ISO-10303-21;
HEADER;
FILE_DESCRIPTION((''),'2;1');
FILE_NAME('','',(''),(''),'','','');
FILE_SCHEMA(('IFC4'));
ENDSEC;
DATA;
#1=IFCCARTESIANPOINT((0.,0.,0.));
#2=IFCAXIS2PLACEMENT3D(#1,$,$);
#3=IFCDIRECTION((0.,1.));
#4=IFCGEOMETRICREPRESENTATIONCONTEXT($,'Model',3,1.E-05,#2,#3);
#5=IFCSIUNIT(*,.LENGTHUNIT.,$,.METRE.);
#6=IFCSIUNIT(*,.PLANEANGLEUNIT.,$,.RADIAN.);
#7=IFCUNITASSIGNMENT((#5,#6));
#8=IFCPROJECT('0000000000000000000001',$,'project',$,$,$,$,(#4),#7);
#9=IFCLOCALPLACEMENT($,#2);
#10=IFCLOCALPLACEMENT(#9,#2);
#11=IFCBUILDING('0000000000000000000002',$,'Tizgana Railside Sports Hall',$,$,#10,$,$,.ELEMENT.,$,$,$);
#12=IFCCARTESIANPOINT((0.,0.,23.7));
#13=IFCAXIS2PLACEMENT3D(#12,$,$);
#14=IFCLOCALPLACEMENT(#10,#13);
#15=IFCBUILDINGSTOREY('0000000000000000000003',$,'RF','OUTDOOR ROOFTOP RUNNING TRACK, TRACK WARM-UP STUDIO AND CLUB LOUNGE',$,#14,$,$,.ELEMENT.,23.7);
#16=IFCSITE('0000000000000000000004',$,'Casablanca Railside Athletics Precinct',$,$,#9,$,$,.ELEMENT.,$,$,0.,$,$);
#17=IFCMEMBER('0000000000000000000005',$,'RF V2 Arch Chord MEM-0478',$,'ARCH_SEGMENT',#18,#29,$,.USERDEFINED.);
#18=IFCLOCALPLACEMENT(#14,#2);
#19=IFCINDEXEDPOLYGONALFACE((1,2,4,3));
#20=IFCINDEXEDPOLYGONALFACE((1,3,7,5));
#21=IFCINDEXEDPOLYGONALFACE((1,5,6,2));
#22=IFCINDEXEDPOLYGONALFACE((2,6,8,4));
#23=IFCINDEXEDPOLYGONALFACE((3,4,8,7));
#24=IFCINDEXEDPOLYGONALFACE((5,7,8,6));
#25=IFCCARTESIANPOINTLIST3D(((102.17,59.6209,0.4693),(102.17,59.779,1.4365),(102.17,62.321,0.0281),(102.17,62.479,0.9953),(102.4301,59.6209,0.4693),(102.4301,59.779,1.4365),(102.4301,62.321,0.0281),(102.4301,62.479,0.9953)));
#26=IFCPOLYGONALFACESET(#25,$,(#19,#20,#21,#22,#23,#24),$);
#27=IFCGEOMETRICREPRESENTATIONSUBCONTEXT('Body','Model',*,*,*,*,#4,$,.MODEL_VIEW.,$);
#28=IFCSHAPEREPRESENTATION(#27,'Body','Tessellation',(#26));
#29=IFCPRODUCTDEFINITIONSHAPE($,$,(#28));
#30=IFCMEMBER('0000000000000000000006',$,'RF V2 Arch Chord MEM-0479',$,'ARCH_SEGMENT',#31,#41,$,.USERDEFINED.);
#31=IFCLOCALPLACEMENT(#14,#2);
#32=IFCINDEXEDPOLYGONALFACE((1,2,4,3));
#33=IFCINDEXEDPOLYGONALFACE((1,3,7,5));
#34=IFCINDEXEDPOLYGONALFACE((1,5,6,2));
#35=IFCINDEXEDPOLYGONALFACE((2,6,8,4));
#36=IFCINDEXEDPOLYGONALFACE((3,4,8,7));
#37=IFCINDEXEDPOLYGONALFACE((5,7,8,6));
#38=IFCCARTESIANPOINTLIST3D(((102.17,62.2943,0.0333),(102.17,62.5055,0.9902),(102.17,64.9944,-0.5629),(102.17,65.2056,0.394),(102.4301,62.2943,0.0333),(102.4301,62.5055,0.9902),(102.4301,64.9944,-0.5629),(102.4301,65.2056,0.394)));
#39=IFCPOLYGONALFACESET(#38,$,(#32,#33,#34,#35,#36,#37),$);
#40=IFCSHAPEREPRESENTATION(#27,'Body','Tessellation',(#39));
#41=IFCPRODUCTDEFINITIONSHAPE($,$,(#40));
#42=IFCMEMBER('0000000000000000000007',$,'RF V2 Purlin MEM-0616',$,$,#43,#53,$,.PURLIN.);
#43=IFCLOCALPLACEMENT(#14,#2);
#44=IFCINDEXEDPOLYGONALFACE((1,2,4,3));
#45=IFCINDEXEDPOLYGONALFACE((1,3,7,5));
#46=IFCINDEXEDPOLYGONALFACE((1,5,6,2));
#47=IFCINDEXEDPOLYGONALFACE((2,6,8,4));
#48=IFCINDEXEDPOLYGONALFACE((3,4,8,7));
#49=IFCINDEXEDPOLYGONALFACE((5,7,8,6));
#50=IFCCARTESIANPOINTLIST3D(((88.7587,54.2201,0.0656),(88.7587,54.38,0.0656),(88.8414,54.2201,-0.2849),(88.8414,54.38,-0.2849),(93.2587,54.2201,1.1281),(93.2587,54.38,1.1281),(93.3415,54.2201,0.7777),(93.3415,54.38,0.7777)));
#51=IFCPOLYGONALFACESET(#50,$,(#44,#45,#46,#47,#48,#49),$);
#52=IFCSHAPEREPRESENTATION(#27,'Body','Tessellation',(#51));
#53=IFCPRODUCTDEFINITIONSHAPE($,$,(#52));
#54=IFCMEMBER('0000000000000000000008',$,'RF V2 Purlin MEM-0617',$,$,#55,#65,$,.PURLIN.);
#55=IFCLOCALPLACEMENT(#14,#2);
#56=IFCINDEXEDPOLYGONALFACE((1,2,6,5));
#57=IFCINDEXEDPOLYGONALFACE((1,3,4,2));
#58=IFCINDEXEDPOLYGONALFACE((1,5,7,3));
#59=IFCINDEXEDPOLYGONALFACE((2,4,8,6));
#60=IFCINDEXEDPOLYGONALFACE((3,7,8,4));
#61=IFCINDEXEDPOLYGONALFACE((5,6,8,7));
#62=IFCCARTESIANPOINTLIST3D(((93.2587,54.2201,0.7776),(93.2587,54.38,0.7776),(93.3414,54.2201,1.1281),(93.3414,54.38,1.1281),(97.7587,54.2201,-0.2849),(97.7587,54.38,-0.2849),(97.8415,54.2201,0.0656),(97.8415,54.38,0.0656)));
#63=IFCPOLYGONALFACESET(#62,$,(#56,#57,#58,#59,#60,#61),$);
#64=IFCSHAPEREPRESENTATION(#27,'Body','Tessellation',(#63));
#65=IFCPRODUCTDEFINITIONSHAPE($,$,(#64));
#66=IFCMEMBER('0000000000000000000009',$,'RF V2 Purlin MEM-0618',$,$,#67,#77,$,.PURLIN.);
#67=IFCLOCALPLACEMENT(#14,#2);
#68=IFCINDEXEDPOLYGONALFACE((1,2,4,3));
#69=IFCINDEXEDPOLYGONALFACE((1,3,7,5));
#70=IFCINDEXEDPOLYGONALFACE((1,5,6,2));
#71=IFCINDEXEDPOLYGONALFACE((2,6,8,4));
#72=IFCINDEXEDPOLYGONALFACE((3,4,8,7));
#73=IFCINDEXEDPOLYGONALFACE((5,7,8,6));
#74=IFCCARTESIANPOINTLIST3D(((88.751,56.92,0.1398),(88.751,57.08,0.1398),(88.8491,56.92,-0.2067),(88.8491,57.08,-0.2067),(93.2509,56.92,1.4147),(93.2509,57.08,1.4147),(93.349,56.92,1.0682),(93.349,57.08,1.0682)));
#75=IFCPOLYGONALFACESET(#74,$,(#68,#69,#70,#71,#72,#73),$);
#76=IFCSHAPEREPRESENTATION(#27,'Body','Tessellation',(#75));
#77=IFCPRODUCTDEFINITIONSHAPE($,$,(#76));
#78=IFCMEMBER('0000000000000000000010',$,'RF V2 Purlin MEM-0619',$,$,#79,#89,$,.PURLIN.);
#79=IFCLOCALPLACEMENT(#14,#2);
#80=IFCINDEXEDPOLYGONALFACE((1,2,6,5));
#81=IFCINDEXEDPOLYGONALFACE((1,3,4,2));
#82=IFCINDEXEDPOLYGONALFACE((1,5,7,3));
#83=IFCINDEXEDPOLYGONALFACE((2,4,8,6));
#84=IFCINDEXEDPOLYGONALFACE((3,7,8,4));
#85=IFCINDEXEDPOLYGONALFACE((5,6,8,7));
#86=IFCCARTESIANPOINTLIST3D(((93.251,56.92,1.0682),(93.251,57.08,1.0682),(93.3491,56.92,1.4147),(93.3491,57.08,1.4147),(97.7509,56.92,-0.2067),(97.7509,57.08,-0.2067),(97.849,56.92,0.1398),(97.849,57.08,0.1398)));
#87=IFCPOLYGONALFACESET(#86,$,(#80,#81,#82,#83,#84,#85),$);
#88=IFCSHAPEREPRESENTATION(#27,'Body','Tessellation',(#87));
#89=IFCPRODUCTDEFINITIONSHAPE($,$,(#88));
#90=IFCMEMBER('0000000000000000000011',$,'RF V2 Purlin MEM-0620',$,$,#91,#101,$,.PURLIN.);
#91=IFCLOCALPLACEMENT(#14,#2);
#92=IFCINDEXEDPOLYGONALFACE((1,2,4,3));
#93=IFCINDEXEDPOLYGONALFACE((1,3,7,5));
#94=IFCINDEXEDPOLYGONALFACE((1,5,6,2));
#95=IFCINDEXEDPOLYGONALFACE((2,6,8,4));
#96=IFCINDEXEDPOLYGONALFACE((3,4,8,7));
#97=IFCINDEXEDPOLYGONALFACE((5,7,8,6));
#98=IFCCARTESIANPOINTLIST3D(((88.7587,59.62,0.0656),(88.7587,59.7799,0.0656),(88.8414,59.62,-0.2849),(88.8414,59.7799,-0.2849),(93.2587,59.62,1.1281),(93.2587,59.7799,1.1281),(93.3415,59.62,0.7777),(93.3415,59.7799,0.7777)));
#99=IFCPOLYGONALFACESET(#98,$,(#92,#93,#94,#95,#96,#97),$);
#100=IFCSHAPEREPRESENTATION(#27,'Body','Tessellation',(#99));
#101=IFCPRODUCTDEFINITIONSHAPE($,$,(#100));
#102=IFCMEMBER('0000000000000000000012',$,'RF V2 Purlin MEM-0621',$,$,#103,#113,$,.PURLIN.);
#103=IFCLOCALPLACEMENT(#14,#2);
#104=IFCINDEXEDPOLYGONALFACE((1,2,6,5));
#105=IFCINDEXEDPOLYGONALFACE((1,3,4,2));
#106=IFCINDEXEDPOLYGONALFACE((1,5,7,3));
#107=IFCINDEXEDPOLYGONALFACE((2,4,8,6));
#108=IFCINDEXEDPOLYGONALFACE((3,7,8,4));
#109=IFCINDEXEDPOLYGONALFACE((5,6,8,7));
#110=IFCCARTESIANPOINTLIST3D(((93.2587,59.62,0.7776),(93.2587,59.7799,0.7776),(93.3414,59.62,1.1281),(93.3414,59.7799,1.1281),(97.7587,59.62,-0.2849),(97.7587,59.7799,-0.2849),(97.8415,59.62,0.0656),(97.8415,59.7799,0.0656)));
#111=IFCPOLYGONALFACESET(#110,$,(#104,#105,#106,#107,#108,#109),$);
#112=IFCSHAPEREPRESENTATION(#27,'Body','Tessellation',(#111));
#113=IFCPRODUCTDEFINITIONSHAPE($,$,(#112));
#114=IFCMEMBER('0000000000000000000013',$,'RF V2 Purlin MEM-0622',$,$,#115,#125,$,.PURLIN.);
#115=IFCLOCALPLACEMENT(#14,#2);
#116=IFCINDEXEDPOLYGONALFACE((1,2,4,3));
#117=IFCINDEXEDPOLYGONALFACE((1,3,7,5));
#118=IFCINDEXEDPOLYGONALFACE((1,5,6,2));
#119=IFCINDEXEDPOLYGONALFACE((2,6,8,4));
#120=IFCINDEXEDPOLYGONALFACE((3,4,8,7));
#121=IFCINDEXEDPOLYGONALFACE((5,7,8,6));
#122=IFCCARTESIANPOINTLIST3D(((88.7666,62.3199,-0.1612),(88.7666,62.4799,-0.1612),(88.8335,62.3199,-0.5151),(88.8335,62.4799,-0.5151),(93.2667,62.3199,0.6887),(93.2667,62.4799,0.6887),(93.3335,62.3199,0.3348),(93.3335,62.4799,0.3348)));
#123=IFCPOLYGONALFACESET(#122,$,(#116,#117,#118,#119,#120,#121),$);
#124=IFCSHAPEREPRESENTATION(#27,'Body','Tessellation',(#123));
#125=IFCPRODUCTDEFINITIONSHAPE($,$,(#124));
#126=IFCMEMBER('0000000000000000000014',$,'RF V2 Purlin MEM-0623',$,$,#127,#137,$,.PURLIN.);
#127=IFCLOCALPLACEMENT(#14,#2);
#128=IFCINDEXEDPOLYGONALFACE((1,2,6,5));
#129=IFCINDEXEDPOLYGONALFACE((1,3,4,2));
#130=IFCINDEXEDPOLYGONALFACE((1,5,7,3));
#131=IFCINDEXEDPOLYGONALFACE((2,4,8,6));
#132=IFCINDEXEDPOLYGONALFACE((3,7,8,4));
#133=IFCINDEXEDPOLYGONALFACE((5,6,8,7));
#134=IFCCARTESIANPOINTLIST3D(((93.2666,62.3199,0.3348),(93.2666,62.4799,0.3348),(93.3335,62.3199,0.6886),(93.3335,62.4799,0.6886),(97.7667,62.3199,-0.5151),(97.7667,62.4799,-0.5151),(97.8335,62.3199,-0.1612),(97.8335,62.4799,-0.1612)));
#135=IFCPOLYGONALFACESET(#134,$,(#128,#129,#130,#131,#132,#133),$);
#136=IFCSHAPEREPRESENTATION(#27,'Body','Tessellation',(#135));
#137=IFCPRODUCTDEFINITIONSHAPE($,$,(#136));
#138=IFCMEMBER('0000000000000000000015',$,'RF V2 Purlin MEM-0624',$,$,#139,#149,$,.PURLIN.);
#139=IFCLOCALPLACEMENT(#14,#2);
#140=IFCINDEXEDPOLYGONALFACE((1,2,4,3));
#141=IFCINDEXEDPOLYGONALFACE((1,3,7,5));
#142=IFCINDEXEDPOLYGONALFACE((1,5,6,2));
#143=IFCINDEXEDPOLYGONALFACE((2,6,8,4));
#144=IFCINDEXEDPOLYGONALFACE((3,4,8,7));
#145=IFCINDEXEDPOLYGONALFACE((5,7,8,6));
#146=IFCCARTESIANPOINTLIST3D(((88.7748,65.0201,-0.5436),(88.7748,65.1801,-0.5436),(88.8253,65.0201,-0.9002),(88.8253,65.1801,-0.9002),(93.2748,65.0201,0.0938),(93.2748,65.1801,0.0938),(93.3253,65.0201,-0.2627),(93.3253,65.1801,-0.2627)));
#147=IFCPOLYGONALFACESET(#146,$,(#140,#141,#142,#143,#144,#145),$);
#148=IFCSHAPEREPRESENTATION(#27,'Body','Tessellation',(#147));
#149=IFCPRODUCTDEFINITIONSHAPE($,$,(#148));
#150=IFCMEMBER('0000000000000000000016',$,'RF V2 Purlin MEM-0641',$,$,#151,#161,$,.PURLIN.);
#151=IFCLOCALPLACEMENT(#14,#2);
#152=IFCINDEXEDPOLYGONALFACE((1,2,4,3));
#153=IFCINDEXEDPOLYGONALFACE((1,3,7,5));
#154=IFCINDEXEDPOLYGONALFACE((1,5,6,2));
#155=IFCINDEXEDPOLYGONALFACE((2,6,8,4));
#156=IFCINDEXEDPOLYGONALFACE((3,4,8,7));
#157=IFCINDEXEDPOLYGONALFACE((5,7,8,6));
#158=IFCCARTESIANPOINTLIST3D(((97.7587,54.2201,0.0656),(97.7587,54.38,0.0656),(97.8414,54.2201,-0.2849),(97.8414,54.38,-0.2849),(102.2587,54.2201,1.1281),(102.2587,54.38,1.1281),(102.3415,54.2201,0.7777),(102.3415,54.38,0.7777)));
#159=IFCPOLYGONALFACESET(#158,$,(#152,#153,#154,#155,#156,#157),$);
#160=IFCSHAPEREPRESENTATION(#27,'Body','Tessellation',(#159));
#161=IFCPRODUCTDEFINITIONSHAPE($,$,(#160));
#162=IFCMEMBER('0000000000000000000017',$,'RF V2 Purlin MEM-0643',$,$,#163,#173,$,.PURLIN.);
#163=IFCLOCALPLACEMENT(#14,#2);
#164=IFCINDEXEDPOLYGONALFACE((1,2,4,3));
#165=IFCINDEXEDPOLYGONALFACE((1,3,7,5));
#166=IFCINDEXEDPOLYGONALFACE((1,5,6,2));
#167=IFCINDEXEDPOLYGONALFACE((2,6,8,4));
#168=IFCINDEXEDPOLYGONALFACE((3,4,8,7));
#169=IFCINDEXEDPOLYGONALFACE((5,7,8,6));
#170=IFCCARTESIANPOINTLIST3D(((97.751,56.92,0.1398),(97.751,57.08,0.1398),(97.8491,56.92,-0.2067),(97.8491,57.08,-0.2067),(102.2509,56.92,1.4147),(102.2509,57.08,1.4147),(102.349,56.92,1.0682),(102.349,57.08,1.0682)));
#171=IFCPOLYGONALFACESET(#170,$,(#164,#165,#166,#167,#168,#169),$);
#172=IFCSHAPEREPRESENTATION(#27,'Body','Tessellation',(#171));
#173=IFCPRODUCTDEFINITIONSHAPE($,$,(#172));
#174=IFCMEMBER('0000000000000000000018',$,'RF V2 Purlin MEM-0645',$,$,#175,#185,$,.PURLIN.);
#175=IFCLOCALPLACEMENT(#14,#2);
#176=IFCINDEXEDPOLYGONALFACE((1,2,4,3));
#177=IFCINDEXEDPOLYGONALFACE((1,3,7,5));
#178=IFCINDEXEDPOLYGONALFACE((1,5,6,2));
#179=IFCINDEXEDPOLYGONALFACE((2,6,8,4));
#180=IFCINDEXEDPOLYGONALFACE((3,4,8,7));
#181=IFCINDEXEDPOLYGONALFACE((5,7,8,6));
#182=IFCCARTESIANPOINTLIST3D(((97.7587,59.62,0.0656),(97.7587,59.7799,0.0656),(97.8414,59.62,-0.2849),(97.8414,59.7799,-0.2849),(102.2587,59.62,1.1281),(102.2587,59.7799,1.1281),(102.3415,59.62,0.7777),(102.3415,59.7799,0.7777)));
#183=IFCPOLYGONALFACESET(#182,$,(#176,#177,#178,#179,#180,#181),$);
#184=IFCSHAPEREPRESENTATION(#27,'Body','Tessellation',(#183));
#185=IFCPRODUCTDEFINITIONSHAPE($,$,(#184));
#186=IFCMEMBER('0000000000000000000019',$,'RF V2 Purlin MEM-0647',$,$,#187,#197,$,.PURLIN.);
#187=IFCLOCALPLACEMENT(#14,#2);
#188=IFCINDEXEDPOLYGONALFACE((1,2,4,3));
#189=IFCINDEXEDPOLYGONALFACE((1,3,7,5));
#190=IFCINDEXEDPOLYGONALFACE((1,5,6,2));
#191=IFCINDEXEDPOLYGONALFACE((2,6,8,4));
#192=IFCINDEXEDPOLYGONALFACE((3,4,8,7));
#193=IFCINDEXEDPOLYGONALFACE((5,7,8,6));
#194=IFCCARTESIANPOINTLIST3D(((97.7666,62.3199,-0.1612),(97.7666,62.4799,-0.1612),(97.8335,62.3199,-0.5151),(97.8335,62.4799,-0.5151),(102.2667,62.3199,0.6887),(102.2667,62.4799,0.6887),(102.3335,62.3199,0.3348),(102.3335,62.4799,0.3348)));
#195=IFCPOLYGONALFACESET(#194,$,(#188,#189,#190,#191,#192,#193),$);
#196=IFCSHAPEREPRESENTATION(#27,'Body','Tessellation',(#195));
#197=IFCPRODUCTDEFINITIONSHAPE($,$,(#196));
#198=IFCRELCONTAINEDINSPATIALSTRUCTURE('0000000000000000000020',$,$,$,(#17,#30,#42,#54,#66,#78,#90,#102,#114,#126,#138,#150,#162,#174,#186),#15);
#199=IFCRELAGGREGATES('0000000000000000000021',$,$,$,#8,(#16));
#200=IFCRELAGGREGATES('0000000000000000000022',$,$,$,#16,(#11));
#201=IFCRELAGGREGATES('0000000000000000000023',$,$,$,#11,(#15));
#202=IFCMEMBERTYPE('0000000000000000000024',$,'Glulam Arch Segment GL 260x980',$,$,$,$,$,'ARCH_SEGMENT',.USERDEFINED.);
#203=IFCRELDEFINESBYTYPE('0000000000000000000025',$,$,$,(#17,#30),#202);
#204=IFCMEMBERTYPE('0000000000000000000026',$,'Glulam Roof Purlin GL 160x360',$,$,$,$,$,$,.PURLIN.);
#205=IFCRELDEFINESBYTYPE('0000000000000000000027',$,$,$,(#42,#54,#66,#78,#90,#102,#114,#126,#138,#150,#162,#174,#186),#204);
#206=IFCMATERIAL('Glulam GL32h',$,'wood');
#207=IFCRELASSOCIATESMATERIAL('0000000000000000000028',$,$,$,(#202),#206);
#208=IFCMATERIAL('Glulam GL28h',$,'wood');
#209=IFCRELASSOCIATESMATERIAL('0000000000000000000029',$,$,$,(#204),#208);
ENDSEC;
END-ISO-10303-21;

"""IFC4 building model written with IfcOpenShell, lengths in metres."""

from ifc_helpers import new_model, si_unit, direction, frame, origin, origin_2d, place, context, subcontext, project, spatial, rectangle, extrude, material, material_profile, profile_set, type_object, element, save


model = new_model("IFC4")

# Units and contexts
model_context = context("Model", 3, precision=1e-05, world=origin(), true_north=direction((0.0, 1.0)))
body_context = subcontext(model_context, "Body", "Model", "MODEL_VIEW")
ifc_project = project(units=[si_unit("LENGTHUNIT", "METRE"), si_unit("PLANEANGLEUNIT", "RADIAN")], contexts=[model_context])

# Site, building, storey
site_placement = place(None, origin())
site = spatial("IfcSite", under=ifc_project, at=site_placement, Name="Casablanca Railside Athletics Precinct", CompositionType="ELEMENT", RefElevation=0.0)
building_placement = place(site_placement, origin())
building = spatial("IfcBuilding", under=site, at=building_placement, Name="Tizgana Railside Sports Hall", CompositionType="ELEMENT")
storey_placement = place(building_placement, frame((0.0, 0.0, 23.7)))
storey = spatial("IfcBuildingStorey", under=building, at=storey_placement, Name="RF", Description="OUTDOOR ROOFTOP RUNNING TRACK, TRACK WARM-UP STUDIO AND CLUB LOUNGE", CompositionType="ELEMENT", Elevation=23.7)

# Members
ifc_material_1 = material(Name="Glulam GL32h", Category="wood")
ifc_material_profile_1 = material_profile(ifc_material_1, rectangle(XDim=0.26, YDim=0.98, at=origin_2d()), Name="GL 260x980")
ifc_profile_set_1 = profile_set([ifc_material_profile_1], Name="Glulam GL32h")
member_type_1 = type_object("IfcMemberType", Name="Glulam Arch Segment GL 260x980", ElementType="ARCH_SEGMENT", PredefinedType="USERDEFINED", material=ifc_profile_set_1)
member_1_placement = place(storey_placement, frame((102.3, 59.7, 0.9529), z_axis=(0.0, 0.986912, -0.161258), x_axis=(-1.0, 0.0, 0.0)))
element("IfcMember", 1, at=member_1_placement, inside=storey, type_object=member_type_1, Name="RF V2 Arch Chord MEM-0478", ObjectType="ARCH_SEGMENT", PredefinedType="USERDEFINED", context=body_context, shape_type="SweptSolid", body=[
    extrude(rectangle(XDim=0.26, YDim=0.98, at=origin_2d()), origin(), (0.0, 0.0, 1.0), 2.7358),
])
member_2_placement = place(storey_placement, frame((102.3, 62.3999, 0.5117), z_axis=(0.0, 0.976481, -0.215603), x_axis=(-1.0, 0.0, 0.0)))
element("IfcMember", 2, at=member_2_placement, inside=storey, type_object=member_type_1, Name="RF V2 Arch Chord MEM-0479", ObjectType="ARCH_SEGMENT", PredefinedType="USERDEFINED", context=body_context, shape_type="SweptSolid", body=[
    extrude(rectangle(XDim=0.26, YDim=0.98, at=origin_2d()), origin(), (0.0, 0.0, 1.0), 2.7651),
])
ifc_material_2 = material(Name="Glulam GL28h", Category="wood")
ifc_material_profile_2 = material_profile(ifc_material_2, rectangle(XDim=0.1599, YDim=0.3601, at=origin_2d()), Name="GL 160x360")
ifc_profile_set_2 = profile_set([ifc_material_profile_2], Name="Glulam GL28h")
member_type_2 = type_object("IfcMemberType", Name="Glulam Roof Purlin GL 160x360", PredefinedType="PURLIN", material=ifc_profile_set_2)
for number, where, z_axis, x_axis, name in (
    (3, (88.8, 54.3, -0.1096), (0.97324, 0.0, 0.229793), (0.0, 1.0, 0.0), "RF V2 Purlin MEM-0616"),
    (4, (93.3, 54.3, 0.9529), (0.97324, 0.0, -0.229793), (0.0, 1.0, 0.0), "RF V2 Purlin MEM-0617"),
):
    element("IfcMember", number, at=place(storey_placement, frame(where, z_axis=z_axis, x_axis=x_axis)), inside=storey, type_object=member_type_2, Name=name, PredefinedType="PURLIN", context=body_context, shape_type="SweptSolid", body=[
        extrude(rectangle(XDim=0.1599, YDim=0.3601, at=origin_2d()), origin(), (0.0, 0.0, 1.0), 4.6238),
    ])
for number, where, z_axis, x_axis, name in (
    (5, (88.8, 57.0, -0.0334), (0.962132, 0.0, 0.272583), (0.0, 1.0, 0.0), "RF V2 Purlin MEM-0618"),
    (6, (93.3, 57.0, 1.2415), (0.962132, 0.0, -0.272583), (0.0, 1.0, 0.0), "RF V2 Purlin MEM-0619"),
):
    element("IfcMember", number, at=place(storey_placement, frame(where, z_axis=z_axis, x_axis=x_axis)), inside=storey, type_object=member_type_2, Name=name, PredefinedType="PURLIN", context=body_context, shape_type="SweptSolid", body=[
        extrude(rectangle(XDim=0.1599, YDim=0.3601, at=origin_2d()), origin(), (0.0, 0.0, 1.0), 4.677),
    ])
for number, where, z_axis, x_axis, name in (
    (7, (88.8, 59.7, -0.1096), (0.97324, 0.0, 0.229793), (0.0, 1.0, 0.0), "RF V2 Purlin MEM-0620"),
    (8, (93.3, 59.7, 0.9529), (0.97324, 0.0, -0.229793), (0.0, 1.0, 0.0), "RF V2 Purlin MEM-0621"),
):
    element("IfcMember", number, at=place(storey_placement, frame(where, z_axis=z_axis, x_axis=x_axis)), inside=storey, type_object=member_type_2, Name=name, PredefinedType="PURLIN", context=body_context, shape_type="SweptSolid", body=[
        extrude(rectangle(XDim=0.1599, YDim=0.3601, at=origin_2d()), origin(), (0.0, 0.0, 1.0), 4.6238),
    ])
for number, where, z_axis, x_axis, name in (
    (9, (88.8, 62.3999, -0.3381), (0.98263, 0.0, 0.185576), (0.0, 1.0, 0.0), "RF V2 Purlin MEM-0622"),
    (10, (93.3, 62.3999, 0.5117), (0.98263, 0.0, -0.185576), (0.0, 1.0, 0.0), "RF V2 Purlin MEM-0623"),
):
    element("IfcMember", number, at=place(storey_placement, frame(where, z_axis=z_axis, x_axis=x_axis)), inside=storey, type_object=member_type_2, Name=name, PredefinedType="PURLIN", context=body_context, shape_type="SweptSolid", body=[
        extrude(rectangle(XDim=0.1599, YDim=0.3601, at=origin_2d()), origin(), (0.0, 0.0, 1.0), 4.5796),
    ])
member_3_placement = place(storey_placement, frame((88.8, 65.1001, -0.7219), z_axis=(0.990115, 0.0, 0.140256), x_axis=(0.0, 1.0, 0.0)))
element("IfcMember", 11, at=member_3_placement, inside=storey, type_object=member_type_2, Name="RF V2 Purlin MEM-0624", PredefinedType="PURLIN", context=body_context, shape_type="SweptSolid", body=[
    extrude(rectangle(XDim=0.1599, YDim=0.3601, at=origin_2d()), origin(), (0.0, 0.0, 1.0), 4.5449),
])
member_4_placement = place(storey_placement, frame((97.8, 54.3, -0.1096), z_axis=(0.97324, 0.0, 0.229793), x_axis=(0.0, 1.0, 0.0)))
element("IfcMember", 12, at=member_4_placement, inside=storey, type_object=member_type_2, Name="RF V2 Purlin MEM-0641", PredefinedType="PURLIN", context=body_context, shape_type="SweptSolid", body=[
    extrude(rectangle(XDim=0.1599, YDim=0.3601, at=origin_2d()), origin(), (0.0, 0.0, 1.0), 4.6238),
])
member_5_placement = place(storey_placement, frame((97.8, 57.0, -0.0334), z_axis=(0.962132, 0.0, 0.272583), x_axis=(0.0, 1.0, 0.0)))
element("IfcMember", 13, at=member_5_placement, inside=storey, type_object=member_type_2, Name="RF V2 Purlin MEM-0643", PredefinedType="PURLIN", context=body_context, shape_type="SweptSolid", body=[
    extrude(rectangle(XDim=0.1599, YDim=0.3601, at=origin_2d()), origin(), (0.0, 0.0, 1.0), 4.677),
])
member_6_placement = place(storey_placement, frame((97.8, 59.7, -0.1096), z_axis=(0.97324, 0.0, 0.229793), x_axis=(0.0, 1.0, 0.0)))
element("IfcMember", 14, at=member_6_placement, inside=storey, type_object=member_type_2, Name="RF V2 Purlin MEM-0645", PredefinedType="PURLIN", context=body_context, shape_type="SweptSolid", body=[
    extrude(rectangle(XDim=0.1599, YDim=0.3601, at=origin_2d()), origin(), (0.0, 0.0, 1.0), 4.6238),
])
member_7_placement = place(storey_placement, frame((97.8, 62.3999, -0.3381), z_axis=(0.98263, 0.0, 0.185576), x_axis=(0.0, 1.0, 0.0)))
element("IfcMember", 15, at=member_7_placement, inside=storey, type_object=member_type_2, Name="RF V2 Purlin MEM-0647", PredefinedType="PURLIN", context=body_context, shape_type="SweptSolid", body=[
    extrude(rectangle(XDim=0.1599, YDim=0.3601, at=origin_2d()), origin(), (0.0, 0.0, 1.0), 4.5796),
])

save(model, "model.ifc")
